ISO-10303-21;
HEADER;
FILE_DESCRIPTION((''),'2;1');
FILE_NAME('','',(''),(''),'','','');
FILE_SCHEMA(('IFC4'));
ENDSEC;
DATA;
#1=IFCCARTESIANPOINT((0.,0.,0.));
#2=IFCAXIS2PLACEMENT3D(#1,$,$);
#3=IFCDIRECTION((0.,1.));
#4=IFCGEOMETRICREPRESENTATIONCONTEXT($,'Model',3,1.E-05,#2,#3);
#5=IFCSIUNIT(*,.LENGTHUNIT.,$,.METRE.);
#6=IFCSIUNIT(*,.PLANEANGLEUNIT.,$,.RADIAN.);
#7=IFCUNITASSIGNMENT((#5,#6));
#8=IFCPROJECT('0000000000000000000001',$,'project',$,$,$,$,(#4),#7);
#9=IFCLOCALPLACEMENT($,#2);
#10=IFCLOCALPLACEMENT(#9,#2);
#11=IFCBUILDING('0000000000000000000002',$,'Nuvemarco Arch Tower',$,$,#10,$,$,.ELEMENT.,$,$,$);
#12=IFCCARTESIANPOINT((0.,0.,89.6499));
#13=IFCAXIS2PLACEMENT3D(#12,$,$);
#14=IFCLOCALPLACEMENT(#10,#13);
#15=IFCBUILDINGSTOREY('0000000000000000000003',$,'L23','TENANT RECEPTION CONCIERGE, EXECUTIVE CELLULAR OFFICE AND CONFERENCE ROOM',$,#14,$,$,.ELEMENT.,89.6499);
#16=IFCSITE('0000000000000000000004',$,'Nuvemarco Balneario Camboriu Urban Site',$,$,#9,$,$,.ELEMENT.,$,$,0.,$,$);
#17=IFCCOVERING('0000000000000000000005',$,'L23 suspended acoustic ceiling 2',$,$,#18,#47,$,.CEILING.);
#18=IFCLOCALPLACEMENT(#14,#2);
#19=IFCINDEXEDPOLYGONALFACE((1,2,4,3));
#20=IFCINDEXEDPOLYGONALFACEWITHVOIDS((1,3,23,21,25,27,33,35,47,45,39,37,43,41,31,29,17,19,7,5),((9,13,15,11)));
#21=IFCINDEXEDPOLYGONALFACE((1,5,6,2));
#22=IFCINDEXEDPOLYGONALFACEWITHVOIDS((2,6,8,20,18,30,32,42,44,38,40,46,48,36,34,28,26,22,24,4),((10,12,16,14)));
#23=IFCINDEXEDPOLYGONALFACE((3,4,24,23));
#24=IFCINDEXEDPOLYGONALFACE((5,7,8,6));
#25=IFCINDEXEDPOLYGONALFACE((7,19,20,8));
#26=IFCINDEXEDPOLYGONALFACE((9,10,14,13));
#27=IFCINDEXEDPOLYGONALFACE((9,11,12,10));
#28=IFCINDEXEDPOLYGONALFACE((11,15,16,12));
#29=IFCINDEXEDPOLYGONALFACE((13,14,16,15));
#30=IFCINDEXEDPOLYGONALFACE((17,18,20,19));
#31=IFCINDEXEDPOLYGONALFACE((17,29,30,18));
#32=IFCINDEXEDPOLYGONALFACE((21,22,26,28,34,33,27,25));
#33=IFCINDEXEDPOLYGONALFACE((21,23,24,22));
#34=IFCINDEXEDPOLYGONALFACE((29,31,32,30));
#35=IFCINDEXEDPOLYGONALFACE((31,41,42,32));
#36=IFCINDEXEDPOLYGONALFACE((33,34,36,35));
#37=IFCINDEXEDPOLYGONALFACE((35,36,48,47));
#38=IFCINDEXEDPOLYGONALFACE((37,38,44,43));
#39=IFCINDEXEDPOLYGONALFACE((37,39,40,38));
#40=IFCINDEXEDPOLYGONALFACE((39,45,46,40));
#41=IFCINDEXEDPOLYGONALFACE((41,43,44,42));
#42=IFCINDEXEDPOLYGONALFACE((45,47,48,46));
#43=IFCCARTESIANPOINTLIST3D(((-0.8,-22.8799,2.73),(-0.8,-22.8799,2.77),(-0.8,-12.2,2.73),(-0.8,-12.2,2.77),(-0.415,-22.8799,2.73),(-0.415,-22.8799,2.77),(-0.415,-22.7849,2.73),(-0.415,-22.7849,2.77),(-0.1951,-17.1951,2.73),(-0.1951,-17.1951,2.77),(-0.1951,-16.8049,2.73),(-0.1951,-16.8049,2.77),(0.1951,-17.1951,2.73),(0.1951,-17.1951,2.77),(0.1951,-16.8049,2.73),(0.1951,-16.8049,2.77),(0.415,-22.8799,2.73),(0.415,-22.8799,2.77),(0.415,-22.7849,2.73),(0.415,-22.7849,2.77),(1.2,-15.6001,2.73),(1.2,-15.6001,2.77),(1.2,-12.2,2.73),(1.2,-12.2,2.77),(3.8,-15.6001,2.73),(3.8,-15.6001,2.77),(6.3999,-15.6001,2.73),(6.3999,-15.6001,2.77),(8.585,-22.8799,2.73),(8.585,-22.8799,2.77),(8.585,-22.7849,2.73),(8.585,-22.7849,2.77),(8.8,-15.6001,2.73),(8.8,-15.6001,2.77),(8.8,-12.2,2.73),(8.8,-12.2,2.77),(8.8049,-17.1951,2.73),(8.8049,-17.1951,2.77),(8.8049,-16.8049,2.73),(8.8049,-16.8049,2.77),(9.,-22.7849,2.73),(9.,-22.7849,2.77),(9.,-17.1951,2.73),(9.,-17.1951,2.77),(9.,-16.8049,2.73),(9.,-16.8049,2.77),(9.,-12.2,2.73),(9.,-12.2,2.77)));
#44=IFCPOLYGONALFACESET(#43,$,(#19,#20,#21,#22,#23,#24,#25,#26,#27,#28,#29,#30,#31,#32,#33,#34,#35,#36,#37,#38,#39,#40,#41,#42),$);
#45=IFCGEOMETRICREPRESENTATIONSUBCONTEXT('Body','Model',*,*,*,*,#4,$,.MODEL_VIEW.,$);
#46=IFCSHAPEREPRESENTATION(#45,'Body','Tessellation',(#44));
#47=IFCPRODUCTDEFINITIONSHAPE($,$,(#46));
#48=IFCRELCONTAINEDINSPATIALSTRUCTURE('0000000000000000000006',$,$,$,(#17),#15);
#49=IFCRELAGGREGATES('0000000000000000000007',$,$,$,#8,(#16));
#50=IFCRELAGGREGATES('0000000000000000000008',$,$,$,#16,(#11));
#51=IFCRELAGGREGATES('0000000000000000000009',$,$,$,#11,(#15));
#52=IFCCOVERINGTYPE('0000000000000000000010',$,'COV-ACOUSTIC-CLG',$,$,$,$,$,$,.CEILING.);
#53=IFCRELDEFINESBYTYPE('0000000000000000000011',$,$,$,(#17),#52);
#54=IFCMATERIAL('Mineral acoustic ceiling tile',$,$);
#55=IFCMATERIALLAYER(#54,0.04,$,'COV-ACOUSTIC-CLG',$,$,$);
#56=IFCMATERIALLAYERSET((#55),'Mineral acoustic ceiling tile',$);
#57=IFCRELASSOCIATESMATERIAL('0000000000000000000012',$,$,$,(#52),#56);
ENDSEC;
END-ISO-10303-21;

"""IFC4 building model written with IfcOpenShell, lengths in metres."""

from ifc_helpers import new_model, si_unit, direction, frame, origin, place, context, subcontext, project, spatial, polyline, outline, extrude, material, layer, layer_set, type_object, element, save


model = new_model("IFC4")

# Units and contexts
model_context = context("Model", 3, precision=1e-05, world=origin(), true_north=direction((0.0, 1.0)))
body_context = subcontext(model_context, "Body", "Model", "MODEL_VIEW")
ifc_project = project(units=[si_unit("LENGTHUNIT", "METRE"), si_unit("PLANEANGLEUNIT", "RADIAN")], contexts=[model_context])

# Site, building, storey
site_placement = place(None, origin())
site = spatial("IfcSite", under=ifc_project, at=site_placement, Name="Nuvemarco Balneario Camboriu Urban Site", CompositionType="ELEMENT", RefElevation=0.0)
building_placement = place(site_placement, origin())
building = spatial("IfcBuilding", under=site, at=building_placement, Name="Nuvemarco Arch Tower", CompositionType="ELEMENT")
storey_placement = place(building_placement, frame((0.0, 0.0, 89.6499)))
storey = spatial("IfcBuildingStorey", under=building, at=storey_placement, Name="L23", Description="TENANT RECEPTION CONCIERGE, EXECUTIVE CELLULAR OFFICE AND CONFERENCE ROOM", CompositionType="ELEMENT", Elevation=89.6499)

# Covering
ifc_material_1 = material(Name="Mineral acoustic ceiling tile")
ifc_layer_1 = layer(ifc_material_1, 0.04, Name="COV-ACOUSTIC-CLG")
ifc_layer_set_1 = layer_set([ifc_layer_1], Name="Mineral acoustic ceiling tile")
covering_type = type_object("IfcCoveringType", Name="COV-ACOUSTIC-CLG", PredefinedType="CEILING", material=ifc_layer_set_1)
covering_1_placement = place(storey_placement, frame((0.0, 0.0, 2.73)))
element("IfcCovering", 1, at=covering_1_placement, inside=storey, type_object=covering_type, Name="L23 suspended acoustic ceiling 2", PredefinedType="CEILING", context=body_context, shape_type="SweptSolid", body=[
    extrude(outline(polyline([(3.8, -15.6001), (6.3999, -15.6001), (8.8, -15.6001), (8.8, -12.2), (9.0, -12.2), (9.0, -16.8049), (8.8049, -16.8049), (8.8049, -17.1951), (9.0, -17.1951), (9.0, -22.7849), (8.585, -22.7849), (8.585, -22.8799), (0.415, -22.8799), (0.415, -22.7849), (-0.415, -22.7849), (-0.415, -22.8799), (-0.8, -22.8799), (-0.8, -12.2), (1.2, -12.2), (1.2, -15.6001), (3.8, -15.6001)]), holes=[polyline([(0.1951, -17.1951), (0.1951, -16.8049), (-0.1951, -16.8049), (-0.1951, -17.1951), (0.1951, -17.1951)])]), origin(), (0.0, 0.0, 1.0), 0.04),
])

save(model, "model.ifc")
